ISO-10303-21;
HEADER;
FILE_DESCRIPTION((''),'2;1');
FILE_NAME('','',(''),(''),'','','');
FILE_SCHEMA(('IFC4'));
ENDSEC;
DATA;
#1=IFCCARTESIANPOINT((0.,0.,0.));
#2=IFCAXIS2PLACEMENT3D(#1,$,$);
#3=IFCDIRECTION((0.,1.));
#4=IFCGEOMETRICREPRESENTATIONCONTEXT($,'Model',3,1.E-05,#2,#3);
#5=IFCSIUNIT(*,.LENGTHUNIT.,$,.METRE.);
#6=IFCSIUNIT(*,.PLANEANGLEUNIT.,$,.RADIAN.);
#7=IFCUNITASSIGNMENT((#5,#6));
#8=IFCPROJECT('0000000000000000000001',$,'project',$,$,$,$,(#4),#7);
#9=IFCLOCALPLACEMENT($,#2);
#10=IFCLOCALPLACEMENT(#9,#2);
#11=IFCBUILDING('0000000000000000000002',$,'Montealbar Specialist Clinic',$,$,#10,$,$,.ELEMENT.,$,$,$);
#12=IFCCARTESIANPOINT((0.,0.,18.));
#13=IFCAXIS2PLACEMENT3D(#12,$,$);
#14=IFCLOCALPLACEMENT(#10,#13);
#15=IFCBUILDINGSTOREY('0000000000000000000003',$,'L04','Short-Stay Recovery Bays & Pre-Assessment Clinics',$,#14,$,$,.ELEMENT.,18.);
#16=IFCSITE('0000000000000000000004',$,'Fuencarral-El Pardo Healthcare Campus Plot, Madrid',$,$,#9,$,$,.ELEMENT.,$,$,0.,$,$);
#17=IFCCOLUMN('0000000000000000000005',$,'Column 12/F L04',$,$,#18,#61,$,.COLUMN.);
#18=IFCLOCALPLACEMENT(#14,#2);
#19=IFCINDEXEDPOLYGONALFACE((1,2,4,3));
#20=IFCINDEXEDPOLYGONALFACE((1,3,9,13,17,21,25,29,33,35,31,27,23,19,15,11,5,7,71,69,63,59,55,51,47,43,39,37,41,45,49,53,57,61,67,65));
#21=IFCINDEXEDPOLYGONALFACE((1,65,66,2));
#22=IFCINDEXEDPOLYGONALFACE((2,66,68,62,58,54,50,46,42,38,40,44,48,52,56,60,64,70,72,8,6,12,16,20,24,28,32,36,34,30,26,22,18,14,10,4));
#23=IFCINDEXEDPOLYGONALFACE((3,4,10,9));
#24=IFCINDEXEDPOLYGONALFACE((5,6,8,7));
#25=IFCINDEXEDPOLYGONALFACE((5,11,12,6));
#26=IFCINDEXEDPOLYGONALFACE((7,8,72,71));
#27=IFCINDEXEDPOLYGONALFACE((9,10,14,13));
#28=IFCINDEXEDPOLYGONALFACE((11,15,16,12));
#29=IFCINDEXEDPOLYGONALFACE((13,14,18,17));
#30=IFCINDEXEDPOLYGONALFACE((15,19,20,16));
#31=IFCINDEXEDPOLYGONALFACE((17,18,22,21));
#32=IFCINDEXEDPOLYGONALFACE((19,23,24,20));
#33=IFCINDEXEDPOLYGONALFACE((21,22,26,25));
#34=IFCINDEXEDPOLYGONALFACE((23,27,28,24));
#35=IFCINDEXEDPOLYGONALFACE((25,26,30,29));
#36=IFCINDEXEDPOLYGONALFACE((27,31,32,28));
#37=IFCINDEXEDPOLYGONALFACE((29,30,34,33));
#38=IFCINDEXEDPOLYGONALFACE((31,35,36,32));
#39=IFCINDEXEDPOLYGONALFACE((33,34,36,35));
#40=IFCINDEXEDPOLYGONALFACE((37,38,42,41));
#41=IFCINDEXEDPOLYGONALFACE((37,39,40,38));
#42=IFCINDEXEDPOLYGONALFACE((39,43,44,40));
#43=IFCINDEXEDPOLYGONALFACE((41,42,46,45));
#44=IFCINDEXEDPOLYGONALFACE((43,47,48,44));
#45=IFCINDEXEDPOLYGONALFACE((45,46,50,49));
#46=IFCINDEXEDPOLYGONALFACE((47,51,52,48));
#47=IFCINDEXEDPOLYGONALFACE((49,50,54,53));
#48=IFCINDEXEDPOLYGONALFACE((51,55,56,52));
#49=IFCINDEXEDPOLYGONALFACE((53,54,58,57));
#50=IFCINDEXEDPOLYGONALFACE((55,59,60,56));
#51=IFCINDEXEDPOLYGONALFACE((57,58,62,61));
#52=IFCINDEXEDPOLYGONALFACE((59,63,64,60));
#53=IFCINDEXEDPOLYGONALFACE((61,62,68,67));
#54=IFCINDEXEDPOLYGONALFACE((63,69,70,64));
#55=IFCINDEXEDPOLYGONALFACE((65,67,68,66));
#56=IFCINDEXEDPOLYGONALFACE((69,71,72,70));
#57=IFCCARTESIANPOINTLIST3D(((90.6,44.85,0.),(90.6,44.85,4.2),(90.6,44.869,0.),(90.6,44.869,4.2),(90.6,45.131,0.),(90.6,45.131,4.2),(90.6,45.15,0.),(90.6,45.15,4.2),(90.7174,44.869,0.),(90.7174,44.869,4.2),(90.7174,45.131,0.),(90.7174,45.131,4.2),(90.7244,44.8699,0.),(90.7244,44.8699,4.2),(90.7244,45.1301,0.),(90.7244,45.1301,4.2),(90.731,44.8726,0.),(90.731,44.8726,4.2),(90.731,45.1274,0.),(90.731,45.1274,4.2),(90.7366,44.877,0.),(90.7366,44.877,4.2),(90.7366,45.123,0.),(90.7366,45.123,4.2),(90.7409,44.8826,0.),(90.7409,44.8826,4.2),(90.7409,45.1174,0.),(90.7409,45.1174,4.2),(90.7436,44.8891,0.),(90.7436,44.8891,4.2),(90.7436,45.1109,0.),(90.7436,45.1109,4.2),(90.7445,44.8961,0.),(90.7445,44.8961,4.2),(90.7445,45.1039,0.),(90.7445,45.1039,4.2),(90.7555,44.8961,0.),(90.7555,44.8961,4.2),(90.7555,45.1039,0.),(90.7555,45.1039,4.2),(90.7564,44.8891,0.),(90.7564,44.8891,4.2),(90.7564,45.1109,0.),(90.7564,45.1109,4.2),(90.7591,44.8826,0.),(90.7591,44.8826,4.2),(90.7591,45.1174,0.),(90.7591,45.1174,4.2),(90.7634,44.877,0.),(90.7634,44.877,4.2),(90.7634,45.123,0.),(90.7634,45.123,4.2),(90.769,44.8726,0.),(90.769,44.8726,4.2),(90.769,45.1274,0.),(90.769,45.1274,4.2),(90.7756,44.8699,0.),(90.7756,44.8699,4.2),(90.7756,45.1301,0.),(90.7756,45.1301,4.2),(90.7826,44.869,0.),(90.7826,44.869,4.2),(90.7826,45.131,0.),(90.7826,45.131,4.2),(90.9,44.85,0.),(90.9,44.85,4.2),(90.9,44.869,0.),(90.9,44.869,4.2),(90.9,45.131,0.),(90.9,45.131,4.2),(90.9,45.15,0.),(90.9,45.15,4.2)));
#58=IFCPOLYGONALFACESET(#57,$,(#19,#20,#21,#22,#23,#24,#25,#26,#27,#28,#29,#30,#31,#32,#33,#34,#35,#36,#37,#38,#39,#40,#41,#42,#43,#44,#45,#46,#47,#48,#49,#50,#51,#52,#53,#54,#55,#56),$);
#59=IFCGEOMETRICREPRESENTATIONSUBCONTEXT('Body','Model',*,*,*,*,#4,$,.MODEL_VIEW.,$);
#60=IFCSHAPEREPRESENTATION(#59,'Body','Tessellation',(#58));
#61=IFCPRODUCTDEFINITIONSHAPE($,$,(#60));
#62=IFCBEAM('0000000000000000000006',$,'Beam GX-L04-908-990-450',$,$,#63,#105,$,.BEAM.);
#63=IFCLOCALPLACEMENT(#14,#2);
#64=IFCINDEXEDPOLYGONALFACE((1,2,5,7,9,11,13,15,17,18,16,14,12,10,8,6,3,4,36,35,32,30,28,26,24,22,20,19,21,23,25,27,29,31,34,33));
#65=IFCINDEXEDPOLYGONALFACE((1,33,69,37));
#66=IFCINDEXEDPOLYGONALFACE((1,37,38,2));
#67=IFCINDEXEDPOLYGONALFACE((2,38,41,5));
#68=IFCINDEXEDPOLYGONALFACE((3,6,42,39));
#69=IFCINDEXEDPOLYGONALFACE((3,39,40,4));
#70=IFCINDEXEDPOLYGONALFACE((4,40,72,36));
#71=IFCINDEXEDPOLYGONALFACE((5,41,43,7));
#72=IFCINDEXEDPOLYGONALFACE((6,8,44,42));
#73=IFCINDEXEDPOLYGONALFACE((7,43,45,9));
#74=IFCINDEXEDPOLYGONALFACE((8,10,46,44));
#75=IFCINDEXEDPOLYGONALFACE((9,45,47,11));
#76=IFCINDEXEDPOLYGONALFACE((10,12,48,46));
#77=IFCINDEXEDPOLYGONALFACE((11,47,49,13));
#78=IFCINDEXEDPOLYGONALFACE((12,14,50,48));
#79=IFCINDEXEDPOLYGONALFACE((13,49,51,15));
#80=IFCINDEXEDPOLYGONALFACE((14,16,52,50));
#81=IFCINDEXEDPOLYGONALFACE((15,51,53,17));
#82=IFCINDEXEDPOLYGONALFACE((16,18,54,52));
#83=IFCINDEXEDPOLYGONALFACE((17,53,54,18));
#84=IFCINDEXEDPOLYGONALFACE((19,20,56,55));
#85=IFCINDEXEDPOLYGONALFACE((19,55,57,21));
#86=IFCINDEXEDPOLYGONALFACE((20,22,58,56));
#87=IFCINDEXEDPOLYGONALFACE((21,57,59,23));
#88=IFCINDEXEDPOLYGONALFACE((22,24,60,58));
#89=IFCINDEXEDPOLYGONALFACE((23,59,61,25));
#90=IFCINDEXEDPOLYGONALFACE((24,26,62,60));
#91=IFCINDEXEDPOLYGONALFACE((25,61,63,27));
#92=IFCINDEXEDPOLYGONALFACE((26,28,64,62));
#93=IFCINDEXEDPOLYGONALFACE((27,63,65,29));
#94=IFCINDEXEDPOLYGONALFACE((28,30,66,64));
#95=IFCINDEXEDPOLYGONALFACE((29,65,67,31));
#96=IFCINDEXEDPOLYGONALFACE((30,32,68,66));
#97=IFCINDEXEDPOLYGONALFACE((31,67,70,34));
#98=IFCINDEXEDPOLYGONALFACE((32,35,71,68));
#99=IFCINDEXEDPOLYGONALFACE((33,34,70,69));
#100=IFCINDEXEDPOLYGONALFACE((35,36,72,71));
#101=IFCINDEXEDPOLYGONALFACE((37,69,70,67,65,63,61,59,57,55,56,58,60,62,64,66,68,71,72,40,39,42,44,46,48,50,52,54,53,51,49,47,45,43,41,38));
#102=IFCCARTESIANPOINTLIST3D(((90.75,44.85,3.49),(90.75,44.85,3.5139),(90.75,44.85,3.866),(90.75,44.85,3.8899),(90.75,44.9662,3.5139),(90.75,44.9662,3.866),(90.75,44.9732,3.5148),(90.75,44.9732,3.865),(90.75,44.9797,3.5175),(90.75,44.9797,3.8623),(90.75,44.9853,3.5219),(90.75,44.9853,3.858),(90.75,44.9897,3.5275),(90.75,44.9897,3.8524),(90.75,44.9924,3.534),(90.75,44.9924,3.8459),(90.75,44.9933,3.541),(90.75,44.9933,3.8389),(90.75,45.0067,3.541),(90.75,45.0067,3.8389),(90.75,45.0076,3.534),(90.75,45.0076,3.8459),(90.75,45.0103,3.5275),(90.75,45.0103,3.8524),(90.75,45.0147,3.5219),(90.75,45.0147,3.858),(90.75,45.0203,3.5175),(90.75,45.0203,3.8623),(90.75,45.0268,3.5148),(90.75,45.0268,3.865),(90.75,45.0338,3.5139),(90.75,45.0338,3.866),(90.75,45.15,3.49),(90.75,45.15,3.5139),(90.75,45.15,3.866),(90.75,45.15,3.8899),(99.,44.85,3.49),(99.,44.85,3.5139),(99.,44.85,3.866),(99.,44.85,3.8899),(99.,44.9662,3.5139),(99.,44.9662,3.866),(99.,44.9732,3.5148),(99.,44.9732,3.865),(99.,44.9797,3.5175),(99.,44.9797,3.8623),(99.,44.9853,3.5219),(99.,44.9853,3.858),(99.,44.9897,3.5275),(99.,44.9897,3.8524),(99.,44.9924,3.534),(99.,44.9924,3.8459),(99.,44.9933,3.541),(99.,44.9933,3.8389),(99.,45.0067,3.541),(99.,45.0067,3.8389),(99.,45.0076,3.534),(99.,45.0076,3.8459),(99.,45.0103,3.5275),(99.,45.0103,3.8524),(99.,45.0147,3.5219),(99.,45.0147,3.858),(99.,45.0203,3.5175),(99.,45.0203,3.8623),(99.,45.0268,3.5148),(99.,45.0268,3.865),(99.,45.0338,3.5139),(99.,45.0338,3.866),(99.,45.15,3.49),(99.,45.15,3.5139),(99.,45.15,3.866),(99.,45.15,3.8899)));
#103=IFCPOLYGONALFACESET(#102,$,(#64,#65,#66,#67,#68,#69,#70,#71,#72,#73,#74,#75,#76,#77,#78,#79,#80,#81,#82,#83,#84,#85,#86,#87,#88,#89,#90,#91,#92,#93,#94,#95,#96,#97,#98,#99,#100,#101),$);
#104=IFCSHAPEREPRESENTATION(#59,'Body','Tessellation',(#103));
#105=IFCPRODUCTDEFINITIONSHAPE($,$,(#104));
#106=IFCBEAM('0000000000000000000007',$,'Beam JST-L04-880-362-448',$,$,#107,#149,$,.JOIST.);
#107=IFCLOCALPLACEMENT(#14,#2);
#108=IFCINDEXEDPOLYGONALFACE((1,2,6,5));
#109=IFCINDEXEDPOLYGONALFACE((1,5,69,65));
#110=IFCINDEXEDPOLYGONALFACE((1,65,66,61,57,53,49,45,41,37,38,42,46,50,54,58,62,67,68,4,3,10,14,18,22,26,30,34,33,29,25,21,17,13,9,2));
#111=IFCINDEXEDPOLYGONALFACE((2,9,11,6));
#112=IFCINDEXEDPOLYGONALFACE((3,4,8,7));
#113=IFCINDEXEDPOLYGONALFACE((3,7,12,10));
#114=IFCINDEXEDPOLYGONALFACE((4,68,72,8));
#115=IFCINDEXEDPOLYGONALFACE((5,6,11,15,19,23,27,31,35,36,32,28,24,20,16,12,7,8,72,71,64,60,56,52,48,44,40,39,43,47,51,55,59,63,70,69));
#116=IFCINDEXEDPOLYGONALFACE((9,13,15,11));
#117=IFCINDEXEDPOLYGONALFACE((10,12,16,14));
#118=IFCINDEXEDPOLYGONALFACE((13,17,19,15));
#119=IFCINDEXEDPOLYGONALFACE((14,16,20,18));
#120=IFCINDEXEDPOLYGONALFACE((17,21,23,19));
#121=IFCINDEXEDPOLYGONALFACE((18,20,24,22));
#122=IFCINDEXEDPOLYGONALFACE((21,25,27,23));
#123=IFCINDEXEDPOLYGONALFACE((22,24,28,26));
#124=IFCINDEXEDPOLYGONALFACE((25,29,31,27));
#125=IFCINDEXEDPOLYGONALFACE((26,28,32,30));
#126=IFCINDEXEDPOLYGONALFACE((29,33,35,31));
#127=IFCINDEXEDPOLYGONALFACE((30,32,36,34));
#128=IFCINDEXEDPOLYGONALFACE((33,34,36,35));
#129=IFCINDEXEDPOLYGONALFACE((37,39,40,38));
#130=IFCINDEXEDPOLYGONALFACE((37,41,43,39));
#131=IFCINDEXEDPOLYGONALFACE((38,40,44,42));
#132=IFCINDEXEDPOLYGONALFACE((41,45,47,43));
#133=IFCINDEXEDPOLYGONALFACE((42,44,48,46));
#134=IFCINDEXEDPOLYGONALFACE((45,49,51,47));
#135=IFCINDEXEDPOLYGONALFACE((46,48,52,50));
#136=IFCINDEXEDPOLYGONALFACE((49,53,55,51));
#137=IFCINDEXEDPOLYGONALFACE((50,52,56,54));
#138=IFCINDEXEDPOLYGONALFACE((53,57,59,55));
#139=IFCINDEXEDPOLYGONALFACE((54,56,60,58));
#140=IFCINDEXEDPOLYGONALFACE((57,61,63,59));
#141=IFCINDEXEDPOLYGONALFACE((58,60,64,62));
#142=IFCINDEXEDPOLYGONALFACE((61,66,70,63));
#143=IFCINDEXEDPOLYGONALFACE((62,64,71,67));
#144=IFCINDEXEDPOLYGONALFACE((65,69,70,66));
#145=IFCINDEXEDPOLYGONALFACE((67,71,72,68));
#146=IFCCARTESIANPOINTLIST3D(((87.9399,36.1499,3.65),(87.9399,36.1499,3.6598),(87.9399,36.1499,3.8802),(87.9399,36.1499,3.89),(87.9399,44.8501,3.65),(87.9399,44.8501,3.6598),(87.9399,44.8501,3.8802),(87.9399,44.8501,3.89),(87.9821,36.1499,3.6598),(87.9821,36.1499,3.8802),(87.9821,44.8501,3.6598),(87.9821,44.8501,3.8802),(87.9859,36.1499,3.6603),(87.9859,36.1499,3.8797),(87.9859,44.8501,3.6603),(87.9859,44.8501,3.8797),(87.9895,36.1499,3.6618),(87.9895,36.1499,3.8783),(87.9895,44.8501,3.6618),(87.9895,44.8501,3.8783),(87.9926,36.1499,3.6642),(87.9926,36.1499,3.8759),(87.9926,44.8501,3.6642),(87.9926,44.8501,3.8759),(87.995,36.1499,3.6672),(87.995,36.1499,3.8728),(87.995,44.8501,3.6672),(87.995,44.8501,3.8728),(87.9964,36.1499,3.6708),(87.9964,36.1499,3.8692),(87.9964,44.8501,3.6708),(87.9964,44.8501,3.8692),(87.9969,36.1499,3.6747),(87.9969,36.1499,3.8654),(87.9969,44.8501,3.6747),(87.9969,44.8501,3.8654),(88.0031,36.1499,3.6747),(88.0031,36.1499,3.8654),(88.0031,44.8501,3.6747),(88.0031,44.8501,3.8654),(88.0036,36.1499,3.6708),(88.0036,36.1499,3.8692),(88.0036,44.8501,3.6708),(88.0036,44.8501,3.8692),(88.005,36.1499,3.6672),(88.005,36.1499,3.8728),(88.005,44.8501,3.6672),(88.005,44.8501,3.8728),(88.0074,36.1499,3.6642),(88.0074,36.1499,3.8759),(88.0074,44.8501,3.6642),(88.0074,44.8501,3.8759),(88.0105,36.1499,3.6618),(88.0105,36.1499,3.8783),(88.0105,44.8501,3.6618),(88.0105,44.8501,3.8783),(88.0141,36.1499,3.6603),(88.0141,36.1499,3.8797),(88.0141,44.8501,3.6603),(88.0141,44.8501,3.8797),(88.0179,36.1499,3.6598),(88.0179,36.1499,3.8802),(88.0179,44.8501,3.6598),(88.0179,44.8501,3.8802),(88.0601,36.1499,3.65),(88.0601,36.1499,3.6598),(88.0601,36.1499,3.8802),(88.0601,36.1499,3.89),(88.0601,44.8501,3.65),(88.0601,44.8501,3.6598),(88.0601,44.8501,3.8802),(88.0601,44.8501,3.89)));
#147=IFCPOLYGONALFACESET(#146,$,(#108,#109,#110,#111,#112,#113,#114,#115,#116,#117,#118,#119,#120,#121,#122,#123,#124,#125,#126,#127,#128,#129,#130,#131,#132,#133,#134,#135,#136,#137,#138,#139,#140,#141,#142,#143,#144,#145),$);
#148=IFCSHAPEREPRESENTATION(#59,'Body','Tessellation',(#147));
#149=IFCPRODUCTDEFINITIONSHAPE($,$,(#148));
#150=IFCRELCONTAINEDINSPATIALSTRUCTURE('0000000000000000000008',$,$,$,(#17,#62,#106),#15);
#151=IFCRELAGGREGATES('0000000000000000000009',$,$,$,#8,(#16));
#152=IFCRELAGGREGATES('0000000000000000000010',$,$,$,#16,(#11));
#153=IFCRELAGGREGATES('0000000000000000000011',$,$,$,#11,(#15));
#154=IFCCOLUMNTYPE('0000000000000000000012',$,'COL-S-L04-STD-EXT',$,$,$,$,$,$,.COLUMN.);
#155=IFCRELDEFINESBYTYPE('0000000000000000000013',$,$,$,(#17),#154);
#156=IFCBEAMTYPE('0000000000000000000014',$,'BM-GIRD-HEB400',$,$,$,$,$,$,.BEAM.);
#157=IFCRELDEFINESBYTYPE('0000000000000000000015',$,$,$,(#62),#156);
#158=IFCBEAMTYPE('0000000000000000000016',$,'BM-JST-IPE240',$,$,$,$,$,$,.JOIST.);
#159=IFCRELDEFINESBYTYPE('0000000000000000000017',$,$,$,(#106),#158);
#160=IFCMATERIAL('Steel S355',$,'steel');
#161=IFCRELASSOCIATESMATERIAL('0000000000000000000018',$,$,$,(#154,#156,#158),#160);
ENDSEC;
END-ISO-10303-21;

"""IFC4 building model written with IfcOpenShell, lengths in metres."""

from ifc_helpers import new_model, si_unit, direction, frame, origin, origin_2d, place, context, subcontext, project, spatial, i_section, extrude, material, material_profile, profile_set, type_object, element, save


model = new_model("IFC4")

# Units and contexts
model_context = context("Model", 3, precision=1e-05, world=origin(), true_north=direction((0.0, 1.0)))
body_context = subcontext(model_context, "Body", "Model", "MODEL_VIEW")
ifc_project = project(units=[si_unit("LENGTHUNIT", "METRE"), si_unit("PLANEANGLEUNIT", "RADIAN")], contexts=[model_context])

# Site, building, storey
site_placement = place(None, origin())
site = spatial("IfcSite", under=ifc_project, at=site_placement, Name="Fuencarral-El Pardo Healthcare Campus Plot, Madrid", CompositionType="ELEMENT", RefElevation=0.0)
building_placement = place(site_placement, origin())
building = spatial("IfcBuilding", under=site, at=building_placement, Name="Montealbar Specialist Clinic", CompositionType="ELEMENT")
storey_placement = place(building_placement, frame((0.0, 0.0, 18.0)))
storey = spatial("IfcBuildingStorey", under=building, at=storey_placement, Name="L04", Description="Short-Stay Recovery Bays & Pre-Assessment Clinics", CompositionType="ELEMENT", Elevation=18.0)

# Column
ifc_material_1 = material(Name="Steel S355", Category="steel")
ifc_material_profile_1 = material_profile(ifc_material_1, i_section(OverallWidth=0.3, OverallDepth=0.3, WebThickness=0.011, FlangeThickness=0.019, FilletRadius=0.0271, at=origin_2d()), Name="HEB 300", Category="steel")
ifc_profile_set_1 = profile_set([ifc_material_profile_1], Name="Steel S355")
column_type = type_object("IfcColumnType", Name="COL-S-L04-STD-EXT", PredefinedType="COLUMN", material=ifc_profile_set_1)
column_placement = place(storey_placement, frame((90.75, 45.0, 0.0), z_axis=(0.0, 0.0, 1.0), x_axis=(1.0, 0.0, 0.0)))
element("IfcColumn", 1, at=column_placement, inside=storey, type_object=column_type, Name="Column 12/F L04", PredefinedType="COLUMN", context=body_context, shape_type="SweptSolid", body=[
    extrude(i_section(OverallWidth=0.3, OverallDepth=0.3, WebThickness=0.011, FlangeThickness=0.019, FilletRadius=0.0271, at=origin_2d()), origin(), (0.0, 0.0, 1.0), 4.2),
])

# Beams
ifc_material_profile_2 = material_profile(ifc_material_1, i_section(OverallWidth=0.3, OverallDepth=0.3999, WebThickness=0.0134, FlangeThickness=0.0239, FilletRadius=0.0271, at=origin_2d()), Name="HEB 400", Category="steel")
ifc_profile_set_2 = profile_set([ifc_material_profile_2], Name="Steel S355")
beam_type_1 = type_object("IfcBeamType", Name="BM-GIRD-HEB400", PredefinedType="BEAM", material=ifc_profile_set_2)
beam_1_placement = place(storey_placement, frame((90.75, 45.0, 3.6899), z_axis=(1.0, 0.0, 0.0), x_axis=(0.0, 1.0, 0.0)))
element("IfcBeam", 2, at=beam_1_placement, inside=storey, type_object=beam_type_1, Name="Beam GX-L04-908-990-450", PredefinedType="BEAM", context=body_context, shape_type="SweptSolid", body=[
    extrude(i_section(OverallWidth=0.3, OverallDepth=0.3999, WebThickness=0.0134, FlangeThickness=0.0239, FilletRadius=0.0271, at=origin_2d()), origin(), (0.0, 0.0, 1.0), 8.25),
])
ifc_material_profile_3 = material_profile(ifc_material_1, i_section(OverallWidth=0.1201, OverallDepth=0.24, WebThickness=0.0061, FlangeThickness=0.0098, FilletRadius=0.0149, at=origin_2d()), Name="IPE 240", Category="steel")
ifc_profile_set_3 = profile_set([ifc_material_profile_3], Name="Steel S355")
beam_type_2 = type_object("IfcBeamType", Name="BM-JST-IPE240", PredefinedType="JOIST", material=ifc_profile_set_3)
beam_2_placement = place(storey_placement, frame((88.0, 36.1499, 3.77), z_axis=(0.0, 1.0, 0.0), x_axis=(-1.0, 0.0, 0.0)))
element("IfcBeam", 3, at=beam_2_placement, inside=storey, type_object=beam_type_2, Name="Beam JST-L04-880-362-448", PredefinedType="JOIST", context=body_context, shape_type="SweptSolid", body=[
    extrude(i_section(OverallWidth=0.1201, OverallDepth=0.24, WebThickness=0.0061, FlangeThickness=0.0098, FilletRadius=0.0149, at=origin_2d()), origin(), (0.0, 0.0, 1.0), 8.7002),
])

save(model, "model.ifc")
